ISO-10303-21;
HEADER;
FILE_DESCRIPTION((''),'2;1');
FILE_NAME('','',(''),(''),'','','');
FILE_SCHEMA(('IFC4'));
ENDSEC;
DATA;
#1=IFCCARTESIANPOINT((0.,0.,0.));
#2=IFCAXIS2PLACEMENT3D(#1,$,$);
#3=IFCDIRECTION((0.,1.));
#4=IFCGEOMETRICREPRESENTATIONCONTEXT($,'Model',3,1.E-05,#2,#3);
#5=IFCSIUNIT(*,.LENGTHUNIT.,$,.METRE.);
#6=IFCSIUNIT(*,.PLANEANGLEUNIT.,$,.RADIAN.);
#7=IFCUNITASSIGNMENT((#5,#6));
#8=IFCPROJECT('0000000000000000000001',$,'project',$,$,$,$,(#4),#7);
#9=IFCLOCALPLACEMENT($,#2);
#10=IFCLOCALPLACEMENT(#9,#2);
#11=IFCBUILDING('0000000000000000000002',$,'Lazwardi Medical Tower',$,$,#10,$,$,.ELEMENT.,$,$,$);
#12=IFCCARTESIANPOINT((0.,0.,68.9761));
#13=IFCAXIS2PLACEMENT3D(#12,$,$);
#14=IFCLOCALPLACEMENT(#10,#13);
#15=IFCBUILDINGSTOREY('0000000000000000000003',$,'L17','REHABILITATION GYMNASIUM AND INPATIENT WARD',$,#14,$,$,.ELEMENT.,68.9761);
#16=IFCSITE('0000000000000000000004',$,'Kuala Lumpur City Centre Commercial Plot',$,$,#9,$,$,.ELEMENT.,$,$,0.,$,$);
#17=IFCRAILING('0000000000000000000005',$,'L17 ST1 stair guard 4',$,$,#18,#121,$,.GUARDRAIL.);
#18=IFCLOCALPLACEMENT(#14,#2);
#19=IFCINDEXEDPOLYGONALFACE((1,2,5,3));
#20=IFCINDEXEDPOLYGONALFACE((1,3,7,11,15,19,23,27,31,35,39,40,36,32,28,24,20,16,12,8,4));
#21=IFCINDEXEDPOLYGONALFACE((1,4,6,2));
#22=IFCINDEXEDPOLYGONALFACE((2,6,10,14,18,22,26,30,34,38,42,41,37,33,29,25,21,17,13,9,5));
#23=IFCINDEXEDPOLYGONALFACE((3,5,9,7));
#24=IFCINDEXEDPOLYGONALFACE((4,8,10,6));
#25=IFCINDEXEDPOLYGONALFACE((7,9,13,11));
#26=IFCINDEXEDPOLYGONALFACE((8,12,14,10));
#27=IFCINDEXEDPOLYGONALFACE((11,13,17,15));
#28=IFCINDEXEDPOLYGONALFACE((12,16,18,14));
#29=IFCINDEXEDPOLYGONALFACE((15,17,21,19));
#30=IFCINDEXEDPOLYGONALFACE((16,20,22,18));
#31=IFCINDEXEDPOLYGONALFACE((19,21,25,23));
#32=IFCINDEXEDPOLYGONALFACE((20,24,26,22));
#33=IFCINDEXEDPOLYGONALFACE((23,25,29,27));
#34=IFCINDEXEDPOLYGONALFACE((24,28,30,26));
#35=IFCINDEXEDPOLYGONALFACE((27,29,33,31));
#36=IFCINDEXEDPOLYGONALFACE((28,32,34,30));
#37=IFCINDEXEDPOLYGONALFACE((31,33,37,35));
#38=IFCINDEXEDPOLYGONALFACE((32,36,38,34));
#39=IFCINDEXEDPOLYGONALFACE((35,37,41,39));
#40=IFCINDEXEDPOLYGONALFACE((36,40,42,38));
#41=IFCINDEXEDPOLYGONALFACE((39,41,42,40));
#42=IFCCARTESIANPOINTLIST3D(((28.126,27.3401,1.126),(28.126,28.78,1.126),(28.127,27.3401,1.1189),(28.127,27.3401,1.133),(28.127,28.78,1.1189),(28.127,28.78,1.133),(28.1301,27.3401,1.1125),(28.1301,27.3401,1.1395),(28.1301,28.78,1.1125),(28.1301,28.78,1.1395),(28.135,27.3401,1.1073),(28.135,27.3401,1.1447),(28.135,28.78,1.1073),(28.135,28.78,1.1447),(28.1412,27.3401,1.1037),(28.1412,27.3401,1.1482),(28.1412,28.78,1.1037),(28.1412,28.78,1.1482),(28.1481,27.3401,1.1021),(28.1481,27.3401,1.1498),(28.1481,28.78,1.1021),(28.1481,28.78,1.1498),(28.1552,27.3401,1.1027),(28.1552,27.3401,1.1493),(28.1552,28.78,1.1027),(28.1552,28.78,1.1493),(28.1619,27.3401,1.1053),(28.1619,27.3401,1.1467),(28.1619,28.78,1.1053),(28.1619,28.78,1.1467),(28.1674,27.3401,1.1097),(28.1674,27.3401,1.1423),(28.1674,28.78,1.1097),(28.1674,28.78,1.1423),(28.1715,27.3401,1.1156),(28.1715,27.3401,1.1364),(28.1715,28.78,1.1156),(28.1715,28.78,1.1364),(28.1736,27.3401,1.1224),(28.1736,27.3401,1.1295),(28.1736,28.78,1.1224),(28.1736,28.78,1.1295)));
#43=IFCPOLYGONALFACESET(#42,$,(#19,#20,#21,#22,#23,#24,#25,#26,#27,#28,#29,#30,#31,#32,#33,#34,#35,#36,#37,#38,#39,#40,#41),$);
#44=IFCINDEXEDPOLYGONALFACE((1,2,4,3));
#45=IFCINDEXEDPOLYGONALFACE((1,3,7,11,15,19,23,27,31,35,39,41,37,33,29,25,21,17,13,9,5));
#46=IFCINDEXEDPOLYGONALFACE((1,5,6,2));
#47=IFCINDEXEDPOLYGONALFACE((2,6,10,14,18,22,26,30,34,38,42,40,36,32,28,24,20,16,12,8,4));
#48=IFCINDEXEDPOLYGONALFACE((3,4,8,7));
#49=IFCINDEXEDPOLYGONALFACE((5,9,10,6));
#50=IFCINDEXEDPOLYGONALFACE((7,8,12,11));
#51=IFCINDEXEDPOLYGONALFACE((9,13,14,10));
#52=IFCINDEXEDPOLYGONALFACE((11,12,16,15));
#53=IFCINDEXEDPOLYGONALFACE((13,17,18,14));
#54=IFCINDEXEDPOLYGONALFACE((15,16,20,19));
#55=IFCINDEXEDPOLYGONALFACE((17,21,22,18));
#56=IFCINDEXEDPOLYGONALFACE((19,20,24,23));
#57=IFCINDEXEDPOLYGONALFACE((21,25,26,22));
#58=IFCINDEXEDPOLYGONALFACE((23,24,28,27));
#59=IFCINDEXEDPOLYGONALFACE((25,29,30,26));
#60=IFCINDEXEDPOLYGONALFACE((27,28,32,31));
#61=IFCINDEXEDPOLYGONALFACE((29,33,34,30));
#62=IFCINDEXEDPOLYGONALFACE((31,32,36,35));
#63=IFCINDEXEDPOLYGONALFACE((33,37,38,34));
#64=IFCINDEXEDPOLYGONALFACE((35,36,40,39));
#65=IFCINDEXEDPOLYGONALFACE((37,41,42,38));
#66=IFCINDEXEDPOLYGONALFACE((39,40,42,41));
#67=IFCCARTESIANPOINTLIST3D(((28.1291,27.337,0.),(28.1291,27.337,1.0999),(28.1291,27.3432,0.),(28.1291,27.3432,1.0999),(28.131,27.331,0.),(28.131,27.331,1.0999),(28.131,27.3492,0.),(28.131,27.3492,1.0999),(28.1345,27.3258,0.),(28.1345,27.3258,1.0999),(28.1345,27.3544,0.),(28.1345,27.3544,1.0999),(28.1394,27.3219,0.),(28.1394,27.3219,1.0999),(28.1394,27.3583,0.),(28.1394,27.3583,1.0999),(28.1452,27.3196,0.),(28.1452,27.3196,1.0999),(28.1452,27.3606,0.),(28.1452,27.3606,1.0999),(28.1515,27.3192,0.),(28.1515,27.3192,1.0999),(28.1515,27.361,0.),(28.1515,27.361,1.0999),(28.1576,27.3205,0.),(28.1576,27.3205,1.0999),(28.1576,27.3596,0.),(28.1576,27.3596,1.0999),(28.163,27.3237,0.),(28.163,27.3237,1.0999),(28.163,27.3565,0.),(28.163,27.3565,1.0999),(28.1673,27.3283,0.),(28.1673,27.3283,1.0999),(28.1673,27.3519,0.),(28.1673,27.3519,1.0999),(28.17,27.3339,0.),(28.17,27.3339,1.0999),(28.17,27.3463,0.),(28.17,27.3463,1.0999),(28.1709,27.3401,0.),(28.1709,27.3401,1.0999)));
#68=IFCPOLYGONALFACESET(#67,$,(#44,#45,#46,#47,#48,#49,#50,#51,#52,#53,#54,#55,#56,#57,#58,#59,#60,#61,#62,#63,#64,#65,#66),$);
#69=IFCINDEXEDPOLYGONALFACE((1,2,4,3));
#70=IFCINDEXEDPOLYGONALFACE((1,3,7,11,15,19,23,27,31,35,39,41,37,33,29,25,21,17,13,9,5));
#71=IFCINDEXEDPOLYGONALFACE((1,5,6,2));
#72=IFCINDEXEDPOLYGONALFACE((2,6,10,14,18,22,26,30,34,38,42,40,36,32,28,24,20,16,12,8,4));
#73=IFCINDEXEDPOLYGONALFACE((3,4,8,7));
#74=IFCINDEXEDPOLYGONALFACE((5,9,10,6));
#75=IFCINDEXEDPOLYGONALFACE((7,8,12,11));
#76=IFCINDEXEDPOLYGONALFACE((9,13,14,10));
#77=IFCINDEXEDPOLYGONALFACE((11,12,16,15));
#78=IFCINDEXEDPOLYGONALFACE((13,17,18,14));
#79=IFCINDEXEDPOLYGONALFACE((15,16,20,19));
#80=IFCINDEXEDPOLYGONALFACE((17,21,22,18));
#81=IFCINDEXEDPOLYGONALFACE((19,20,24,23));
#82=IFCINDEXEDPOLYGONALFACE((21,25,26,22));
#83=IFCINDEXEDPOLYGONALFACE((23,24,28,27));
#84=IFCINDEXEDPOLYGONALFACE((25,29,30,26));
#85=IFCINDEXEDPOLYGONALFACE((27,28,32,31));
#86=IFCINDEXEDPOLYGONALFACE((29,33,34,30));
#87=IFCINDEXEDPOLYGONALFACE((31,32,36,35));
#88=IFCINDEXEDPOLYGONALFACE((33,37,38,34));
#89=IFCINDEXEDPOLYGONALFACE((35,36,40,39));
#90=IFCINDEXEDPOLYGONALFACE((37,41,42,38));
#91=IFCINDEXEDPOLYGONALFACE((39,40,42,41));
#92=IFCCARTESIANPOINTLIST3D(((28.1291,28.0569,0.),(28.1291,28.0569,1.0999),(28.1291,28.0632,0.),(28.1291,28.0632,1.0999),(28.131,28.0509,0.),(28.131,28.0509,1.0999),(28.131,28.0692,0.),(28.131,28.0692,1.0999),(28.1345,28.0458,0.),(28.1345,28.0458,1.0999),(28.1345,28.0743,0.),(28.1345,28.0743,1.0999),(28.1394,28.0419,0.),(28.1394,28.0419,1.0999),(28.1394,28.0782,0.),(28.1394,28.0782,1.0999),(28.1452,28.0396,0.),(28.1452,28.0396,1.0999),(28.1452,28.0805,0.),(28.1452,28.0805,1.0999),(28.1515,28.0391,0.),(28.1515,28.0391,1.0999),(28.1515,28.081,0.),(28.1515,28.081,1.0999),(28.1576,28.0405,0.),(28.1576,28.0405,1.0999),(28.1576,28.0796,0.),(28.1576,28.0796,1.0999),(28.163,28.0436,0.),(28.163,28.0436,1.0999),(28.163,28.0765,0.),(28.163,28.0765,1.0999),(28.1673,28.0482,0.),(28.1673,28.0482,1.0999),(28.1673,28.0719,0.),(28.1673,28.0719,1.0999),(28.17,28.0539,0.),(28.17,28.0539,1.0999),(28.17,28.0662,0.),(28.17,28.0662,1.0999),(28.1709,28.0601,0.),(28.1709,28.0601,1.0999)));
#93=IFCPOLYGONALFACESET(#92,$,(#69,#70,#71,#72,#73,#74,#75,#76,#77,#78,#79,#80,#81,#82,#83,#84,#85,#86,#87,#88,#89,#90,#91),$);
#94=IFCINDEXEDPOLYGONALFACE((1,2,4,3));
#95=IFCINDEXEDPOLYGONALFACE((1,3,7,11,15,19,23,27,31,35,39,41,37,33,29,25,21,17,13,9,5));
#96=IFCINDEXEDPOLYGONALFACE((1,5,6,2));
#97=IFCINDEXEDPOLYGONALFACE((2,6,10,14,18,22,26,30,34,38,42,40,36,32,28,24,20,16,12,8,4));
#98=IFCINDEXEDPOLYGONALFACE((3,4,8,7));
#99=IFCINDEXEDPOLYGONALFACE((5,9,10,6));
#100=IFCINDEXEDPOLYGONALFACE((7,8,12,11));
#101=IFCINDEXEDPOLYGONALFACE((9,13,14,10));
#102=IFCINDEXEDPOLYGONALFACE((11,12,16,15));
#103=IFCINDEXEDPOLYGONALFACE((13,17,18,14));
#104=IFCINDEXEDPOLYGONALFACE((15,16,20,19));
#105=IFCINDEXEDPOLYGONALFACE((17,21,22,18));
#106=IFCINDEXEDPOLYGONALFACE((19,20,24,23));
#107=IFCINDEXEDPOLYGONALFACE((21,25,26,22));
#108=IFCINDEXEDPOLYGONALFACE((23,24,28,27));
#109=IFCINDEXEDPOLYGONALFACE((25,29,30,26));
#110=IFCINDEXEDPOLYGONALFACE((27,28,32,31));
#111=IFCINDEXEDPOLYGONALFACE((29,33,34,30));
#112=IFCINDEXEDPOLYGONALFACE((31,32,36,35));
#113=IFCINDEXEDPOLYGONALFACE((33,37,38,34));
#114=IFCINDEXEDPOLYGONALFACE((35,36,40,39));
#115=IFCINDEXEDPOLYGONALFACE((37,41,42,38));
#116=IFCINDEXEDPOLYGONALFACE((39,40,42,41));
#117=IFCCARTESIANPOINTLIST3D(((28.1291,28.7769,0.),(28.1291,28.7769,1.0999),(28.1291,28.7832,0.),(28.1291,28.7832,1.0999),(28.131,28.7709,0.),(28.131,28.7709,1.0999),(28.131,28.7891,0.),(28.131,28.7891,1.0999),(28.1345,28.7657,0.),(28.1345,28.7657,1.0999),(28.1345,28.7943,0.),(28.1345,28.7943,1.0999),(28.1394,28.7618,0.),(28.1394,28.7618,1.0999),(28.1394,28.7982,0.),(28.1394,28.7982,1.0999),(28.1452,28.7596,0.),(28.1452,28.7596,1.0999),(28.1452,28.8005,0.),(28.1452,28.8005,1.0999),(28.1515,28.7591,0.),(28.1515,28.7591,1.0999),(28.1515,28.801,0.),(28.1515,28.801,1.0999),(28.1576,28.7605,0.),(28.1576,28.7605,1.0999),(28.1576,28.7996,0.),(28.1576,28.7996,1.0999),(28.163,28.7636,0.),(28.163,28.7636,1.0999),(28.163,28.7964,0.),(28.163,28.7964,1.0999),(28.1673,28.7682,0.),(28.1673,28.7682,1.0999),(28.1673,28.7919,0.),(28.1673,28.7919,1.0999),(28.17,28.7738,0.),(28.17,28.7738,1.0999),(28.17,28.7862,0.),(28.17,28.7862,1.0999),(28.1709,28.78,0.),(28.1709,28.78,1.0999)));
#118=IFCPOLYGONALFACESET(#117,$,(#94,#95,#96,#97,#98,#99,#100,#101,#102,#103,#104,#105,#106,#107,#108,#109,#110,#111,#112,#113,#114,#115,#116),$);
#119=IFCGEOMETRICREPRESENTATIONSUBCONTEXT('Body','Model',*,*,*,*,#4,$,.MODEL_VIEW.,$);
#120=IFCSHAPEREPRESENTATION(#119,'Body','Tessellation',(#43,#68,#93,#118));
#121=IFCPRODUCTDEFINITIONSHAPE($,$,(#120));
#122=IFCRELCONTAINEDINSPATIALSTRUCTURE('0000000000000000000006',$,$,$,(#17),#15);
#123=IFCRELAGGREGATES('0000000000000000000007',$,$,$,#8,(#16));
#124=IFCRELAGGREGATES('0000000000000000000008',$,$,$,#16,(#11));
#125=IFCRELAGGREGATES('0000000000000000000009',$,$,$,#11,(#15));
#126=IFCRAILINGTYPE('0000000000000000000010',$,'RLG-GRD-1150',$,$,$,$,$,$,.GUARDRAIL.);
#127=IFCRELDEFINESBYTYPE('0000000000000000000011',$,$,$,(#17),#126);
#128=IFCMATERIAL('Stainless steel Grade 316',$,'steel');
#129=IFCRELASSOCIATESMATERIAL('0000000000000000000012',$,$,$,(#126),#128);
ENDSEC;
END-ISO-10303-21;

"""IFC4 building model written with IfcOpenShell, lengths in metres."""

from ifc_helpers import new_model, si_unit, direction, frame, origin, origin_2d, place, context, subcontext, project, spatial, circle, extrude, material, type_object, element, save


model = new_model("IFC4")

# Units and contexts
model_context = context("Model", 3, precision=1e-05, world=origin(), true_north=direction((0.0, 1.0)))
body_context = subcontext(model_context, "Body", "Model", "MODEL_VIEW")
ifc_project = project(units=[si_unit("LENGTHUNIT", "METRE"), si_unit("PLANEANGLEUNIT", "RADIAN")], contexts=[model_context])

# Site, building, storey
site_placement = place(None, origin())
site = spatial("IfcSite", under=ifc_project, at=site_placement, Name="Kuala Lumpur City Centre Commercial Plot", CompositionType="ELEMENT", RefElevation=0.0)
building_placement = place(site_placement, origin())
building = spatial("IfcBuilding", under=site, at=building_placement, Name="Lazwardi Medical Tower", CompositionType="ELEMENT")
storey_placement = place(building_placement, frame((0.0, 0.0, 68.9761)))
storey = spatial("IfcBuildingStorey", under=building, at=storey_placement, Name="L17", Description="REHABILITATION GYMNASIUM AND INPATIENT WARD", CompositionType="ELEMENT", Elevation=68.9761)

# Railing
ifc_material_1 = material(Name="Stainless steel Grade 316", Category="steel")
railing_type_1 = type_object("IfcRailingType", Name="RLG-GRD-1150", PredefinedType="GUARDRAIL", material=ifc_material_1)
railing_1_placement = place(storey_placement, frame((28.1499, 27.3401, 0.0)))
element("IfcRailing", 1, at=railing_1_placement, inside=storey, type_object=railing_type_1, Name="L17 ST1 stair guard 4", PredefinedType="GUARDRAIL", context=body_context, shape_type="SweptSolid", body=[
    extrude(circle(Radius=0.0239, at=origin_2d()), frame((0.0, 0.0, 1.126), z_axis=(0.0, 1.0, 0.0), x_axis=(-1.0, 0.0, 0.0)), (0.0, 0.0, 1.0), 1.4399),
    extrude(circle(Radius=0.021, at=origin_2d()), origin(), (0.0, 0.0, 1.0), 1.0999),
    extrude(circle(Radius=0.021, at=origin_2d()), frame((0.0, 0.72, 0.0)), (0.0, 0.0, 1.0), 1.0999),
    extrude(circle(Radius=0.021, at=origin_2d()), frame((0.0, 1.4399, 0.0)), (0.0, 0.0, 1.0), 1.0999),
])

save(model, "model.ifc")
